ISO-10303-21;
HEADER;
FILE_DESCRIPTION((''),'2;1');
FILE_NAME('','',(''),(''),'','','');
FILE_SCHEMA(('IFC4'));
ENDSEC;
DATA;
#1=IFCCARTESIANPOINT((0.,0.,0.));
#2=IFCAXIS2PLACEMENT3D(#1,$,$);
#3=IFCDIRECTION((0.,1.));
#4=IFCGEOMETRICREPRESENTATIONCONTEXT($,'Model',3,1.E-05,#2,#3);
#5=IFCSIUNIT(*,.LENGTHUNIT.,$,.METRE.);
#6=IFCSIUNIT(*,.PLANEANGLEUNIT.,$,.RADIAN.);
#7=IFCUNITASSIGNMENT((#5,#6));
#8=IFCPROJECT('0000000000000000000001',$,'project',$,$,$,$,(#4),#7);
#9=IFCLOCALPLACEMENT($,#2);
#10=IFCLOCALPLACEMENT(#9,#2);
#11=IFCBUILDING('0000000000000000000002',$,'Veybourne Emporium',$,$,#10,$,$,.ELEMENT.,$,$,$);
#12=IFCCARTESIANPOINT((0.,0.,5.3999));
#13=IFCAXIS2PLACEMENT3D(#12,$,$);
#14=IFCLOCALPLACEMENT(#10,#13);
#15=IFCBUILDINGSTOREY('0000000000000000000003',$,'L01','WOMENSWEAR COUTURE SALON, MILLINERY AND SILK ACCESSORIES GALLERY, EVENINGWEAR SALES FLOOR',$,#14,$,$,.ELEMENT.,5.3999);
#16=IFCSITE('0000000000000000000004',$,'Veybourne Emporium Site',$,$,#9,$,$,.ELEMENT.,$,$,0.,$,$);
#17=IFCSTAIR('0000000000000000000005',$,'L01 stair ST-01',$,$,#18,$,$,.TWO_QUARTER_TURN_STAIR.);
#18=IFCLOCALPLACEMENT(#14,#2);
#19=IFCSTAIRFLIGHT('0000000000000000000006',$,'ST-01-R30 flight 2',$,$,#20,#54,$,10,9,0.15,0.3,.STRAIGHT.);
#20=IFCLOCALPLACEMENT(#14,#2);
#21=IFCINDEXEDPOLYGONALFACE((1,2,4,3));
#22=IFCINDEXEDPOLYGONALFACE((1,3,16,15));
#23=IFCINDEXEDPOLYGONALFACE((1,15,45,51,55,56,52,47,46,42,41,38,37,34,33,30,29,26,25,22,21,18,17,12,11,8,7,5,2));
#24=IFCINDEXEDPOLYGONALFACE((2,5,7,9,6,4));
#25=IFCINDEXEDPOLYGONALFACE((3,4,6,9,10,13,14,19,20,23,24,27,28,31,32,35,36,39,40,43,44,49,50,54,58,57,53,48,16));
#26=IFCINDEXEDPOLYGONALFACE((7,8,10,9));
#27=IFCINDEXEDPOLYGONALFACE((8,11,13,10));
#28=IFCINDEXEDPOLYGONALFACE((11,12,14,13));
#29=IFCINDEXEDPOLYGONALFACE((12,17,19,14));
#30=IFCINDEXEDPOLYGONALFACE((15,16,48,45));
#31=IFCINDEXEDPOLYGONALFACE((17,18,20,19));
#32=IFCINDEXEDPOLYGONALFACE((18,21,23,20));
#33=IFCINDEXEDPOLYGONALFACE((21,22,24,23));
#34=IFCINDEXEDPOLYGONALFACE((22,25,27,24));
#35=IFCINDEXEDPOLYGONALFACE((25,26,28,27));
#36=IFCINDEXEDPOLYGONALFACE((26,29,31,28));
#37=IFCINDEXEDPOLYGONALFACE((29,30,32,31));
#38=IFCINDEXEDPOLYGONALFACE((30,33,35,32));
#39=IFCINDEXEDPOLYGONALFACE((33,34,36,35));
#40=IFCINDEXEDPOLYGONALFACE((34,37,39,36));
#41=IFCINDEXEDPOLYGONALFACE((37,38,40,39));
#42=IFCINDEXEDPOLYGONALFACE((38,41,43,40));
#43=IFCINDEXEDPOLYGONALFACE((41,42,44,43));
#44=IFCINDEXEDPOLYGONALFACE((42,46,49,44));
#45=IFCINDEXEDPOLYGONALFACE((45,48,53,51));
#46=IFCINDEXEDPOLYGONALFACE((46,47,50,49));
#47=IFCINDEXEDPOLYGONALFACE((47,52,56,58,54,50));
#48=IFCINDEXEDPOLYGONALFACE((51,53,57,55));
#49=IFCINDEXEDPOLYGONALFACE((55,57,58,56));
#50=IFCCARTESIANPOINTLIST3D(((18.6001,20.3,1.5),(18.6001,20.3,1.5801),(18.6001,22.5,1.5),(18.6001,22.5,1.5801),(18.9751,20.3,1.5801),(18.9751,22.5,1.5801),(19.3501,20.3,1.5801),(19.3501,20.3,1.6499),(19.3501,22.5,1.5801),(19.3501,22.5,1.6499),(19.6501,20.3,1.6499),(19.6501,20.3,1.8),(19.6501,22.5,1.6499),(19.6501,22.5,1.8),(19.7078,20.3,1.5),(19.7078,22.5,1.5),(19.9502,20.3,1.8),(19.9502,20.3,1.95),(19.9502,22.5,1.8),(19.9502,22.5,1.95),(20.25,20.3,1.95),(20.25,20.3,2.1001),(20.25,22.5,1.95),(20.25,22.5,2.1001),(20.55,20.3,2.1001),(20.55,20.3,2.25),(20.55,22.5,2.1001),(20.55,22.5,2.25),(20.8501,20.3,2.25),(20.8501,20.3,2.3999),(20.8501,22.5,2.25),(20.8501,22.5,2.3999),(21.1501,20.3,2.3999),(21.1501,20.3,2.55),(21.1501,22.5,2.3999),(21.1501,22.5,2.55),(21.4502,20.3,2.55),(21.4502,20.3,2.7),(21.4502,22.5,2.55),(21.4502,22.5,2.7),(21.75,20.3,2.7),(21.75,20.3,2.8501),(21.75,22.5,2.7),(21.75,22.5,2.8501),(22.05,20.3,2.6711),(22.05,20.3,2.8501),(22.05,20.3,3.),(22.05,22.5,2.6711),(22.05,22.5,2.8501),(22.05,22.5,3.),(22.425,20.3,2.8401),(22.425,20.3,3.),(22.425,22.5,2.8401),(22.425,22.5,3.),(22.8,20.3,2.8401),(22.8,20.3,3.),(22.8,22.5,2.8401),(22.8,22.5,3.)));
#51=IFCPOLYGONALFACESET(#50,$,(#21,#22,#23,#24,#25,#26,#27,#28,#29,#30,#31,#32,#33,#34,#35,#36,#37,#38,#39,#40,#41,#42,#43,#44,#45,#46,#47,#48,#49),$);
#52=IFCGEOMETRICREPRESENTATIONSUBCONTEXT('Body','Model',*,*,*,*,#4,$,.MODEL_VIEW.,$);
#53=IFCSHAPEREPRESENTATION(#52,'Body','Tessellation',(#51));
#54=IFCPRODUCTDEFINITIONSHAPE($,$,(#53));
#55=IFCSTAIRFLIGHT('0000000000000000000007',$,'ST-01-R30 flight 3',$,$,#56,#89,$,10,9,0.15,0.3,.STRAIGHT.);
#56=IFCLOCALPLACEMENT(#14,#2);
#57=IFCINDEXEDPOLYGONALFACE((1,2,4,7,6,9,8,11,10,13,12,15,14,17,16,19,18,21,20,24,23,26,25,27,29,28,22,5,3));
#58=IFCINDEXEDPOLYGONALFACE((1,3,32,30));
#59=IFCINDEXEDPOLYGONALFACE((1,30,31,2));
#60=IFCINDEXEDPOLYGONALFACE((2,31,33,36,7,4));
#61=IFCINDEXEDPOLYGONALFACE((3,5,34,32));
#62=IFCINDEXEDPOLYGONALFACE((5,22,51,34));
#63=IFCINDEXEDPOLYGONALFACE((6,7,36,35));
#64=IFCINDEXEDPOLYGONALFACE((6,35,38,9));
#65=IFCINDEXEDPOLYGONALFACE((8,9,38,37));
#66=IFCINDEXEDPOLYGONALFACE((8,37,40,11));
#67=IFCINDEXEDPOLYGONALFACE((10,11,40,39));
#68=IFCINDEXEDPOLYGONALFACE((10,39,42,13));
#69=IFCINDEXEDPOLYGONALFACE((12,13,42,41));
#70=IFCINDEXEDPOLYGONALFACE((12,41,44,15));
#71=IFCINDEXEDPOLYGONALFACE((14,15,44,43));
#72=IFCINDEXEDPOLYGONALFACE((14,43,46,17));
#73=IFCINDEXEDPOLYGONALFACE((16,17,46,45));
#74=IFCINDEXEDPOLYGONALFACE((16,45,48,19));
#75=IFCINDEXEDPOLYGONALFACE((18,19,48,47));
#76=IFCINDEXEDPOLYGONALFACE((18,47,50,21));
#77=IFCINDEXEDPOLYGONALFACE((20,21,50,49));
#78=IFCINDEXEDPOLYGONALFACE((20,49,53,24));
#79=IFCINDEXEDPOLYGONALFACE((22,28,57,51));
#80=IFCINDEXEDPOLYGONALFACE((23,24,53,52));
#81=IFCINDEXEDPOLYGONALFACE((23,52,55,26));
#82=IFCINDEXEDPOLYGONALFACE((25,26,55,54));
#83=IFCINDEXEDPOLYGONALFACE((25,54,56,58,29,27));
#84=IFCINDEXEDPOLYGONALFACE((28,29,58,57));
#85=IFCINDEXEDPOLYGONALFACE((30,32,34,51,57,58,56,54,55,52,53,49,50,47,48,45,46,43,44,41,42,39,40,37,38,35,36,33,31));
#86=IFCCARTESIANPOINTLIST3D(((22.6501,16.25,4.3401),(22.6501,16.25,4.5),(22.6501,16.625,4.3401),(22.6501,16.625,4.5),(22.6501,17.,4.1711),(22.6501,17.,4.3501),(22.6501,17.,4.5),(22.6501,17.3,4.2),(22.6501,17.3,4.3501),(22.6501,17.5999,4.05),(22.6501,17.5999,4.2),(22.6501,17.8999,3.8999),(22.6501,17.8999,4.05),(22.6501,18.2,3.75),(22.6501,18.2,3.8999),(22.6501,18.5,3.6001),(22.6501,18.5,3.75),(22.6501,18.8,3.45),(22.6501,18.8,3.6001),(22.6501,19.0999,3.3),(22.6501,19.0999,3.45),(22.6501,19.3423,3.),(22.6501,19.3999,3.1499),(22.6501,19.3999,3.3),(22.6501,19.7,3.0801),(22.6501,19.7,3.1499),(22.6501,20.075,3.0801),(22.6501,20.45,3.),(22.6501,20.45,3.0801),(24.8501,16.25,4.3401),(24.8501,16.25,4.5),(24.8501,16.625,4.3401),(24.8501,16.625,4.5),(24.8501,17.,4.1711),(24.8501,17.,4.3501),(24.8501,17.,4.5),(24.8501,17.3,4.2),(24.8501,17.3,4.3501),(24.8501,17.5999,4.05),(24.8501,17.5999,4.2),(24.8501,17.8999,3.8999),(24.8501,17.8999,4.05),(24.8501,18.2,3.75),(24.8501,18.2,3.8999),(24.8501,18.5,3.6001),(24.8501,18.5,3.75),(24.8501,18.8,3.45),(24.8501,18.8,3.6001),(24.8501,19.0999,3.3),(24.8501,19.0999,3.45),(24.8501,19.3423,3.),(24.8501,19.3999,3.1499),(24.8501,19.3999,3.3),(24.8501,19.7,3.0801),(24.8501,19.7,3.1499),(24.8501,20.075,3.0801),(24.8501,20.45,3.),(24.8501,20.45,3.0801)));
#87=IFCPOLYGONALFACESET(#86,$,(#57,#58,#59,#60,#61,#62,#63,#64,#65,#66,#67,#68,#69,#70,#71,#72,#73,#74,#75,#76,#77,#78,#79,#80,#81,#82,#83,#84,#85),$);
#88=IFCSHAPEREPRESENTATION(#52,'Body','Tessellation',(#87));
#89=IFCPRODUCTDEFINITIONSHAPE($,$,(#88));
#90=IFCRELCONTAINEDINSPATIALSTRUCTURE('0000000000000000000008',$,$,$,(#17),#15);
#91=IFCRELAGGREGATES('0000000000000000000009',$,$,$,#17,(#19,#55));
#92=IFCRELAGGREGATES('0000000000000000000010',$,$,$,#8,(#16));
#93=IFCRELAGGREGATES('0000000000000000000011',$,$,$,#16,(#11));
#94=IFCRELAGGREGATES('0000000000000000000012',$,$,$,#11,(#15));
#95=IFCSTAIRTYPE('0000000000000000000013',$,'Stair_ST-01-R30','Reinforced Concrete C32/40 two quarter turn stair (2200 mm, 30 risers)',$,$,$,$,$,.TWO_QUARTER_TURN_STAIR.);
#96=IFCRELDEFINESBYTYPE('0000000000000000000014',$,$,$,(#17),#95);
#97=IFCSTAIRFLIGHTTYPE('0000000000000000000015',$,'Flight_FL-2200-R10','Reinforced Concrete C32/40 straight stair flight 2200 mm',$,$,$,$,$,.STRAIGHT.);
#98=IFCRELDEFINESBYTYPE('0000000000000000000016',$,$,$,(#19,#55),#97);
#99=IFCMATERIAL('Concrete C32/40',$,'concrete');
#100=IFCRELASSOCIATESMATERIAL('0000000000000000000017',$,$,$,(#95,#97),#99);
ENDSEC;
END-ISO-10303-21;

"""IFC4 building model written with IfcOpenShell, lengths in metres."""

from ifc_helpers import new_model, si_unit, direction, frame, origin, place, context, subcontext, project, spatial, polyline, outline, extrude, material, type_object, element, aggregate, save


model = new_model("IFC4")

# Units and contexts
model_context = context("Model", 3, precision=1e-05, world=origin(), true_north=direction((0.0, 1.0)))
body_context = subcontext(model_context, "Body", "Model", "MODEL_VIEW")
ifc_project = project(units=[si_unit("LENGTHUNIT", "METRE"), si_unit("PLANEANGLEUNIT", "RADIAN")], contexts=[model_context])

# Site, building, storey
site_placement = place(None, origin())
site = spatial("IfcSite", under=ifc_project, at=site_placement, Name="Veybourne Emporium Site", CompositionType="ELEMENT", RefElevation=0.0)
building_placement = place(site_placement, origin())
building = spatial("IfcBuilding", under=site, at=building_placement, Name="Veybourne Emporium", CompositionType="ELEMENT")
storey_placement = place(building_placement, frame((0.0, 0.0, 5.3999)))
storey = spatial("IfcBuildingStorey", under=building, at=storey_placement, Name="L01", Description="WOMENSWEAR COUTURE SALON, MILLINERY AND SILK ACCESSORIES GALLERY, EVENINGWEAR SALES FLOOR", CompositionType="ELEMENT", Elevation=5.3999)

# Shared definitions
ifc_material_1 = material(Name="Concrete C32/40", Category="concrete")

# Stair, stair flights
stair_type = type_object("IfcStairType", Name="Stair_ST-01-R30", Description="Reinforced Concrete C32/40 two quarter turn stair (2200 mm, 30 risers)", PredefinedType="TWO_QUARTER_TURN_STAIR", material=ifc_material_1)
stair_placement = place(storey_placement, origin())
stair = element("IfcStair", 1, at=stair_placement, inside=storey, type_object=stair_type, Name="L01 stair ST-01", PredefinedType="TWO_QUARTER_TURN_STAIR")
stair_flight_type = type_object("IfcStairFlightType", Name="Flight_FL-2200-R10", Description="Reinforced Concrete C32/40 straight stair flight 2200 mm", PredefinedType="STRAIGHT", material=ifc_material_1)
stair_flight_1_placement = place(storey_placement, frame((19.3501, 21.3999, 1.5), z_axis=(0.0, 0.0, 1.0), x_axis=(1.0, 0.0, 0.0)))
stair_flight_1 = element("IfcStairFlight", 2, at=stair_flight_1_placement, type_object=stair_flight_type, Name="ST-01-R30 flight 2", NumberOfRisers=10, NumberOfTreads=9, PredefinedType="STRAIGHT", RiserHeight=0.15, TreadLength=0.3, context=body_context, shape_type="SweptSolid", body=[
    extrude(outline(polyline([(-0.75, 0.0), (-0.75, 0.0801), (-0.375, 0.0801), (0.0, 0.0801), (0.0, 0.1499), (0.3, 0.1499), (0.3, 0.3), (0.6001, 0.3), (0.6001, 0.45), (0.8999, 0.45), (0.8999, 0.6001), (1.2, 0.6001), (1.2, 0.75), (1.5, 0.75), (1.5, 0.8999), (1.8, 0.8999), (1.8, 1.05), (2.1001, 1.05), (2.1001, 1.2), (2.3999, 1.2), (2.3999, 1.3501), (2.7, 1.3501), (2.7, 1.5), (3.075, 1.5), (3.45, 1.5), (3.45, 1.3401), (3.075, 1.3401), (2.7, 1.1711), (0.3577, 0.0), (-0.75, 0.0)])), frame((0.0, 1.1001, 0.0), z_axis=(0.0, -1.0, 0.0), x_axis=(1.0, 0.0, 0.0)), (0.0, 0.0, 1.0), 2.2),
])
stair_flight_2_placement = place(storey_placement, frame((23.75, 19.7, 3.0), z_axis=(0.0, 0.0, 1.0), x_axis=(0.0, -1.0, 0.0)))
stair_flight_2 = element("IfcStairFlight", 3, at=stair_flight_2_placement, type_object=stair_flight_type, Name="ST-01-R30 flight 3", NumberOfRisers=10, NumberOfTreads=9, PredefinedType="STRAIGHT", RiserHeight=0.15, TreadLength=0.3, context=body_context, shape_type="SweptSolid", body=[
    extrude(outline(polyline([(-0.75, 0.0), (-0.75, 0.0801), (-0.375, 0.0801), (0.0, 0.0801), (0.0, 0.1499), (0.3, 0.1499), (0.3, 0.3), (0.6001, 0.3), (0.6001, 0.45), (0.8999, 0.45), (0.8999, 0.6001), (1.2, 0.6001), (1.2, 0.75), (1.5, 0.75), (1.5, 0.8999), (1.8, 0.8999), (1.8, 1.05), (2.1001, 1.05), (2.1001, 1.2), (2.3999, 1.2), (2.3999, 1.3501), (2.7, 1.3501), (2.7, 1.5), (3.075, 1.5), (3.45, 1.5), (3.45, 1.3401), (3.075, 1.3401), (2.7, 1.1711), (0.3577, 0.0), (-0.75, 0.0)])), frame((0.0, 1.1001, 0.0), z_axis=(0.0, -1.0, 0.0), x_axis=(1.0, 0.0, 0.0)), (0.0, 0.0, 1.0), 2.2),
])
aggregate(stair, [stair_flight_1, stair_flight_2])

save(model, "model.ifc")
